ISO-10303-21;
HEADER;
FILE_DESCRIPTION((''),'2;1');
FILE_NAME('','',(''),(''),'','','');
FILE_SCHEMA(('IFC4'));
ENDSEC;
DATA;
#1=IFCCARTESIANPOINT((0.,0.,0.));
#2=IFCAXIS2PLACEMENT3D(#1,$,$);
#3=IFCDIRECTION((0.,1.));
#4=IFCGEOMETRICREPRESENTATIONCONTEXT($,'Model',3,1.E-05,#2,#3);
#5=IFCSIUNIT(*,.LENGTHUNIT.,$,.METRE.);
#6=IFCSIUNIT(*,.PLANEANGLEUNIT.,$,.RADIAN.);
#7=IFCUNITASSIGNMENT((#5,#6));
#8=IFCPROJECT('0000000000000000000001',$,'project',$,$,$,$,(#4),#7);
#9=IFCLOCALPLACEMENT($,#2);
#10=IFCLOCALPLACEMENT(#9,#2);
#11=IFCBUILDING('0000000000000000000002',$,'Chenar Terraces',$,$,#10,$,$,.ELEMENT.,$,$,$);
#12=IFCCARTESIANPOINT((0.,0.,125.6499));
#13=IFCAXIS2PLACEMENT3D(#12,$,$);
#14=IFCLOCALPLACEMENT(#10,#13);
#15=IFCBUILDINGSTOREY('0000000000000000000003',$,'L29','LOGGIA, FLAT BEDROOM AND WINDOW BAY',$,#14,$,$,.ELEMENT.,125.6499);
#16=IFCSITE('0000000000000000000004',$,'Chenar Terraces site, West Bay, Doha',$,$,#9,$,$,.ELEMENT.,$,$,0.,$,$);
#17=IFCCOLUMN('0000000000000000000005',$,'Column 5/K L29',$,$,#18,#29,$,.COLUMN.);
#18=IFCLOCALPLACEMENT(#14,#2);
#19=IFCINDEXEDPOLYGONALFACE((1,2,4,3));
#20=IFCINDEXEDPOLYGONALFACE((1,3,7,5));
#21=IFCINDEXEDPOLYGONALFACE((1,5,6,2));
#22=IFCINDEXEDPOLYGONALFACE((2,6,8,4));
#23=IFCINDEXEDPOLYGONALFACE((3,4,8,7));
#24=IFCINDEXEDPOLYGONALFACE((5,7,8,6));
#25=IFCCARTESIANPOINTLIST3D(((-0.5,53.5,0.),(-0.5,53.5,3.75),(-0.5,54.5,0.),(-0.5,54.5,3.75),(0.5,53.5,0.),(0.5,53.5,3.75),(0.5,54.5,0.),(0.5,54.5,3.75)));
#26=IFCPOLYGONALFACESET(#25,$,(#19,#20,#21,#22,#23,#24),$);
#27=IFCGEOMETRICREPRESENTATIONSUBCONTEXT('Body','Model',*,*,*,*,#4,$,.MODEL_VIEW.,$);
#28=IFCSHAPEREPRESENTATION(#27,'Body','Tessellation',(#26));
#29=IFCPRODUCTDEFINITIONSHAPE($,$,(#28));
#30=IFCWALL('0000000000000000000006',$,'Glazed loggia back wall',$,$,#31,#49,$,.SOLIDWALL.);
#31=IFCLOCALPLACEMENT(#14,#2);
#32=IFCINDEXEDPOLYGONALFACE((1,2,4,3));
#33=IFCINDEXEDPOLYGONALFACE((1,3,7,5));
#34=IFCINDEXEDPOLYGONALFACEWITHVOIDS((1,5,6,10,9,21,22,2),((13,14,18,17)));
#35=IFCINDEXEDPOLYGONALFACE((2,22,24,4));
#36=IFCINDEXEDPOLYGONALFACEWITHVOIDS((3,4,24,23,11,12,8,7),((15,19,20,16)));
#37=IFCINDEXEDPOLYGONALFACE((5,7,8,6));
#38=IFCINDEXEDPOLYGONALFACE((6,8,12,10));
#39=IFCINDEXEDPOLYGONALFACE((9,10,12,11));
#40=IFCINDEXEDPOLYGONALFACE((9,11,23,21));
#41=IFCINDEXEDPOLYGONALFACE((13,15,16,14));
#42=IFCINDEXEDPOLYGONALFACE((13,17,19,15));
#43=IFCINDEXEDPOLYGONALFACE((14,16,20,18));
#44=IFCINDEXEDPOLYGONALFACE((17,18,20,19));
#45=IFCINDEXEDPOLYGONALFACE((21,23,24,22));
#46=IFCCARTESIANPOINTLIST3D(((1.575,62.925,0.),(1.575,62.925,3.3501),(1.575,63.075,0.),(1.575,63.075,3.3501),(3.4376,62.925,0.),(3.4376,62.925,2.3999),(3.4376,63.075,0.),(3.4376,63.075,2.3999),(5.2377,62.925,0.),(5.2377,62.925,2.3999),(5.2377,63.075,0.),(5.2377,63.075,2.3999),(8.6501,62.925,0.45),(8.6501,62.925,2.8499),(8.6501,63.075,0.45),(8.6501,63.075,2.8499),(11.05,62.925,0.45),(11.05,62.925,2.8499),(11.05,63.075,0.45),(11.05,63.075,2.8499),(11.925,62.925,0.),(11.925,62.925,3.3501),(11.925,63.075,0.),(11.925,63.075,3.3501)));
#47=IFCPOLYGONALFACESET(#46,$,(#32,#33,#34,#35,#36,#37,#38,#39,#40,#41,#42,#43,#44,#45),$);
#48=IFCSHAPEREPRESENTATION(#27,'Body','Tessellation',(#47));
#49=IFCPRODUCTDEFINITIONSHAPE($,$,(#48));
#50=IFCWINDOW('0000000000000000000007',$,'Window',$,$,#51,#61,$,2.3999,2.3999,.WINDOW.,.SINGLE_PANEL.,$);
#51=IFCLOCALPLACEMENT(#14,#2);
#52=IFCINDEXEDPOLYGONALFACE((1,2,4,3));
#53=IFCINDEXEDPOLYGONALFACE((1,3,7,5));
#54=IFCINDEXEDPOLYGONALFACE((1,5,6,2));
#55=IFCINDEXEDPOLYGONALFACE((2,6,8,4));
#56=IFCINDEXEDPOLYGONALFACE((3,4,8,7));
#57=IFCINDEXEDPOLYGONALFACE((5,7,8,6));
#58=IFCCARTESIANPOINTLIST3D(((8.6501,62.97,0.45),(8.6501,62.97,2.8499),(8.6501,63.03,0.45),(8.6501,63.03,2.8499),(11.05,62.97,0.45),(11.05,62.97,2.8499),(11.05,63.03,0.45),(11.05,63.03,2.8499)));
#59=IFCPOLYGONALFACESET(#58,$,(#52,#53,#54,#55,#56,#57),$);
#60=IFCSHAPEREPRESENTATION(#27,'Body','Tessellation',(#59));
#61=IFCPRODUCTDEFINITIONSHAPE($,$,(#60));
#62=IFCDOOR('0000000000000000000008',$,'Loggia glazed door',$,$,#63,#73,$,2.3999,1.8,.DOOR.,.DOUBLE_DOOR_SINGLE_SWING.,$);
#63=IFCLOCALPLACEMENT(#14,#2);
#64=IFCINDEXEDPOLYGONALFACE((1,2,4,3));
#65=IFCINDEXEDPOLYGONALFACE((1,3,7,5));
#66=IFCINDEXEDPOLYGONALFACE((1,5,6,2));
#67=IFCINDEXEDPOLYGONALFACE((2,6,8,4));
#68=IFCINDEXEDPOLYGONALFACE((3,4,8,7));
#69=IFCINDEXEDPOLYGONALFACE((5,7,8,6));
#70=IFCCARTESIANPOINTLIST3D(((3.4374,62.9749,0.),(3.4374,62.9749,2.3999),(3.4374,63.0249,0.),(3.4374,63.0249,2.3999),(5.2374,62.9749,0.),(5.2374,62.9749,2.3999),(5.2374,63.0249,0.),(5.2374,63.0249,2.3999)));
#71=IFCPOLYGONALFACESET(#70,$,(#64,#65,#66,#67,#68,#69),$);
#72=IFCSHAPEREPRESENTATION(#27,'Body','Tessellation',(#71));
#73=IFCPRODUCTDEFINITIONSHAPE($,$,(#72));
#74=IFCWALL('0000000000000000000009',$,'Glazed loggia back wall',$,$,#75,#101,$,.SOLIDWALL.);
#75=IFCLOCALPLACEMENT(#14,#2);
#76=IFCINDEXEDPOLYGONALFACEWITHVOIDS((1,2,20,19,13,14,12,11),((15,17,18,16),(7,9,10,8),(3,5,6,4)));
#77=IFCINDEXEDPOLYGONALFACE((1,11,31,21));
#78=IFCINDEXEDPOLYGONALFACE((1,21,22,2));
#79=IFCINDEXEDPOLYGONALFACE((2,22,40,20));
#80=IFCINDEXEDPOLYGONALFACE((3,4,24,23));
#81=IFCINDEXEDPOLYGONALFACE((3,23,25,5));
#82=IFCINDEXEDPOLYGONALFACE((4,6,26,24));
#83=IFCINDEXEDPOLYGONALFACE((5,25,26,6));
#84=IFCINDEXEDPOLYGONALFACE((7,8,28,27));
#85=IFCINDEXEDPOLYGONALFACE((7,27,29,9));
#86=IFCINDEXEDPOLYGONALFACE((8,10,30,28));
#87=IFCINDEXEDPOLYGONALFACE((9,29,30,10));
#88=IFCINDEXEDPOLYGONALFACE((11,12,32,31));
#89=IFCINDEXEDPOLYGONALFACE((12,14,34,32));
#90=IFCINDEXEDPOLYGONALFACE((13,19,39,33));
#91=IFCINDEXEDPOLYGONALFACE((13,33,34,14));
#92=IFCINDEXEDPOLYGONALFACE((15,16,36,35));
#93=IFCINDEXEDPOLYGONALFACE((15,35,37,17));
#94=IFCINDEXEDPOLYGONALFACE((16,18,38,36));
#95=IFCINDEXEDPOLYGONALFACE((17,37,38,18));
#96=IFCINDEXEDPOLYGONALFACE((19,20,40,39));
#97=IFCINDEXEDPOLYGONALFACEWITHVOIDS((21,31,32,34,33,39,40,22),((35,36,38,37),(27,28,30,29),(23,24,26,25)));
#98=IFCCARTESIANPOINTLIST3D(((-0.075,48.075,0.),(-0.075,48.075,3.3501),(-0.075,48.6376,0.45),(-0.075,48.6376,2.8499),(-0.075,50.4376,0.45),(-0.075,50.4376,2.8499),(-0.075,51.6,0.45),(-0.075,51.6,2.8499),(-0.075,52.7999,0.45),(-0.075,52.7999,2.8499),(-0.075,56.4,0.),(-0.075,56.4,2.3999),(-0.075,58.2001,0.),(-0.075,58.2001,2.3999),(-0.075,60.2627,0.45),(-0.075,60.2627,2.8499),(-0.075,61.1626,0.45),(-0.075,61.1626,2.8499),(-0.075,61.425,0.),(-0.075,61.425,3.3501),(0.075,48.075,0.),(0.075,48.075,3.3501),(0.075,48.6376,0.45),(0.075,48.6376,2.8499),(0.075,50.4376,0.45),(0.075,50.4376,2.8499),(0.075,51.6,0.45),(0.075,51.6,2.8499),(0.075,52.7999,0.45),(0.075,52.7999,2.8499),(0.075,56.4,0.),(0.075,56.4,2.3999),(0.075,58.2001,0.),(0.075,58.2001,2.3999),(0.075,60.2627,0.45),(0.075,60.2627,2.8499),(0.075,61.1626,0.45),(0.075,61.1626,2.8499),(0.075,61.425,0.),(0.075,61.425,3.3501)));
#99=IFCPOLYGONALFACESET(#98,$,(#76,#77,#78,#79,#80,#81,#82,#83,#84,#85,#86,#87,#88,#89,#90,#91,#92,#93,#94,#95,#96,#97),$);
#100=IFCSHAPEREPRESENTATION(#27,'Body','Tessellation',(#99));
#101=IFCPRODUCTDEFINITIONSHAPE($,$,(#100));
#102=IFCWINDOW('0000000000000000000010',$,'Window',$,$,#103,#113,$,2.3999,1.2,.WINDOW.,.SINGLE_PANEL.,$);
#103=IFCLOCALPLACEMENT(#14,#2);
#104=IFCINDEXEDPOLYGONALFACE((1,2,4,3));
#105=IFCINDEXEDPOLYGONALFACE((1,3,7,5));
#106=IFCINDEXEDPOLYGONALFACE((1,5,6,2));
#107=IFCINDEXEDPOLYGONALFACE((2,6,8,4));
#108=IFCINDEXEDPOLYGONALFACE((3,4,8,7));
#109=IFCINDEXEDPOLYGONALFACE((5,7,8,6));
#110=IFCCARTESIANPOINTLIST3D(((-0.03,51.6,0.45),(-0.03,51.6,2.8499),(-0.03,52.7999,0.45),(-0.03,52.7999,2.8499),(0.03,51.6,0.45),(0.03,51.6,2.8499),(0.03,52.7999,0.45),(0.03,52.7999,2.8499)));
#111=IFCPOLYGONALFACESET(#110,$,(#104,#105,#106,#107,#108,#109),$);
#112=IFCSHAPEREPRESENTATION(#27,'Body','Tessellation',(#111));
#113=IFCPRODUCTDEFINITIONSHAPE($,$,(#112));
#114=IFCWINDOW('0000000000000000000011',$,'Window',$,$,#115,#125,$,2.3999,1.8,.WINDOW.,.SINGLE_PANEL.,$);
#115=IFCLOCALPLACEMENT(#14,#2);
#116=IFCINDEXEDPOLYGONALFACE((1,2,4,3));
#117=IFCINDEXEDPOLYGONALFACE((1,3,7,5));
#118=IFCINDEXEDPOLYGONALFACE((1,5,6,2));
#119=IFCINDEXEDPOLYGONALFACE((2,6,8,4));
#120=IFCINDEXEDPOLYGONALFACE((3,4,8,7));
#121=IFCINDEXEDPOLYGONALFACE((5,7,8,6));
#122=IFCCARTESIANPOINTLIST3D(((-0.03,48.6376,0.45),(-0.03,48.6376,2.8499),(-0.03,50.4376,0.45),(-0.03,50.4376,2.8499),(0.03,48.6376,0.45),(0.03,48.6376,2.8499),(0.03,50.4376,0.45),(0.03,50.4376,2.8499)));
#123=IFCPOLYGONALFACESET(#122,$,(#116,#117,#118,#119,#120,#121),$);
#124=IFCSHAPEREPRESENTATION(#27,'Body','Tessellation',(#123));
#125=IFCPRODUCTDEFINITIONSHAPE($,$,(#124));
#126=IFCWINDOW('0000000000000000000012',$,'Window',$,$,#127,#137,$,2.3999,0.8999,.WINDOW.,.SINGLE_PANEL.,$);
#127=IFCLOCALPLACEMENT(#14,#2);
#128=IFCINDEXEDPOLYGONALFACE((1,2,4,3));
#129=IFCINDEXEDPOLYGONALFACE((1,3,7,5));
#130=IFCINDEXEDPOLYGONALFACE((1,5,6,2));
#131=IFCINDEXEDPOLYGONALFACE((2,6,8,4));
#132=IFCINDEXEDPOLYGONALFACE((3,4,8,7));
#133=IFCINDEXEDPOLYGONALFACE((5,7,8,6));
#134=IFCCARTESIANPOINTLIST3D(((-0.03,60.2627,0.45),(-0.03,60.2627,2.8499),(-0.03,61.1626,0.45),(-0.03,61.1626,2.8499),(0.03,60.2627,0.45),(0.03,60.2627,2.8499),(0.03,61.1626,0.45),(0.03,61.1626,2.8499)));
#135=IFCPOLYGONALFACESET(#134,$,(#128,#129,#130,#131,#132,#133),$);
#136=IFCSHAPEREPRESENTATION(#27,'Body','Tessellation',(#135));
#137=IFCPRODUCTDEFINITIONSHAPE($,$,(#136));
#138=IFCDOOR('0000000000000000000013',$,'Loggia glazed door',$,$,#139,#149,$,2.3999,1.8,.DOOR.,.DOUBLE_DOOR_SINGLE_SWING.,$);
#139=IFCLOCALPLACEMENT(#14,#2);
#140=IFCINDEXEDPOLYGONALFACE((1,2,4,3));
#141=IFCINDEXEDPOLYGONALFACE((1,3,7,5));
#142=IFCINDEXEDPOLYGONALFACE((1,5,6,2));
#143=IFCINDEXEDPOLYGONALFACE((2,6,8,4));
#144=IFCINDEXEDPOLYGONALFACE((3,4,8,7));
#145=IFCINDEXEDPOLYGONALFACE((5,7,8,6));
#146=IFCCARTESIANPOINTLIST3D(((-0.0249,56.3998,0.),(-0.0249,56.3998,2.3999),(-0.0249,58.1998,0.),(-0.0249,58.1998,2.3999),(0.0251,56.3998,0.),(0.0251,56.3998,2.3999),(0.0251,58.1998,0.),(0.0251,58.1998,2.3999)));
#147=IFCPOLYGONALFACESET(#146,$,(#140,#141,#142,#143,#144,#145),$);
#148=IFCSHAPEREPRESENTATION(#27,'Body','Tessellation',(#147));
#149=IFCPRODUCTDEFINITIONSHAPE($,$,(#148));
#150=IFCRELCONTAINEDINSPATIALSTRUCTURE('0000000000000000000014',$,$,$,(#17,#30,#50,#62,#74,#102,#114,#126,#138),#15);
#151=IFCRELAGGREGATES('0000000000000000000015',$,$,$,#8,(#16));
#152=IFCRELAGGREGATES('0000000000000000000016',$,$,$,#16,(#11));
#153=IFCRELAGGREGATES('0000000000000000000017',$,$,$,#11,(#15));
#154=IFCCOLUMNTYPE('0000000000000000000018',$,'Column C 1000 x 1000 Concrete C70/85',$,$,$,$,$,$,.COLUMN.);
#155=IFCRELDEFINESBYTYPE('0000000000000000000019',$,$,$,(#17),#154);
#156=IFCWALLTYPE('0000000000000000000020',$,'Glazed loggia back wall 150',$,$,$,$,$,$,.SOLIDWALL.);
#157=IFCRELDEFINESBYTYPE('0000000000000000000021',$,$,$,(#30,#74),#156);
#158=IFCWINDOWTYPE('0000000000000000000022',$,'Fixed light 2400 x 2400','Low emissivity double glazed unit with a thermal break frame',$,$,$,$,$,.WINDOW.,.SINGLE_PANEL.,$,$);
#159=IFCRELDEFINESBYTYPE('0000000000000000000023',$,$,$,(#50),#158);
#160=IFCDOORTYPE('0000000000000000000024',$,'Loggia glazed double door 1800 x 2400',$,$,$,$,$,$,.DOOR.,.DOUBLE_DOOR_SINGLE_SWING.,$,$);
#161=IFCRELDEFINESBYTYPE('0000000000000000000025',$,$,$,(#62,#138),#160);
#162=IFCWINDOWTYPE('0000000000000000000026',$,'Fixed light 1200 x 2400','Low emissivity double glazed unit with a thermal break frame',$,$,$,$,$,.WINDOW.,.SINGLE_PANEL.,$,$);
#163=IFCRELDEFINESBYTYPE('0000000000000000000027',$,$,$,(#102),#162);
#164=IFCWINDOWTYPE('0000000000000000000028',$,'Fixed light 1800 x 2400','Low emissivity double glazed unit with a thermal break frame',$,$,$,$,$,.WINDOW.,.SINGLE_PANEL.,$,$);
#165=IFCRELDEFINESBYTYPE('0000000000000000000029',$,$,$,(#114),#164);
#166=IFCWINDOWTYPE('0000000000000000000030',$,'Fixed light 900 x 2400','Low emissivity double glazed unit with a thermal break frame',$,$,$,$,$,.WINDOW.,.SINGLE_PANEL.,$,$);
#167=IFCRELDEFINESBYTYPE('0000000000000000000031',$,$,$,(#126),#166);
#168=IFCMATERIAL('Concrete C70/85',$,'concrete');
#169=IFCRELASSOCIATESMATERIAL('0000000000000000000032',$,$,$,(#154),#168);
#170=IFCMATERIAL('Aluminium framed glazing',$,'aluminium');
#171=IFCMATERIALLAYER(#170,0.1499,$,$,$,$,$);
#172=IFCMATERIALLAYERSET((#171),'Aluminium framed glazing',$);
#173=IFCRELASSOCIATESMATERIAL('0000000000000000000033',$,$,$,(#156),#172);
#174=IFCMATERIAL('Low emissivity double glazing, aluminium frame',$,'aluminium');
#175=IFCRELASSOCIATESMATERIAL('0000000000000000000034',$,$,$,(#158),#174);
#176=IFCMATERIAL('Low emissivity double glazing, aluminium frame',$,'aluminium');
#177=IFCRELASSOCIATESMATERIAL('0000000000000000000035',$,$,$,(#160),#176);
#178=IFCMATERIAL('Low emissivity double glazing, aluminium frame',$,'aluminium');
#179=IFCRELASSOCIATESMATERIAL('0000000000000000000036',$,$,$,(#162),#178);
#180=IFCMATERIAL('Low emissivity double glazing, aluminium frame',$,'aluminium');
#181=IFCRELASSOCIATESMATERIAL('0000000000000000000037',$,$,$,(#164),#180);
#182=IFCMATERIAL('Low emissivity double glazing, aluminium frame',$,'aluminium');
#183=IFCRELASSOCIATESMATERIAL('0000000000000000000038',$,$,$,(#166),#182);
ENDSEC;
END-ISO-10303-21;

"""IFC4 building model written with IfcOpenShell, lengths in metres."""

from ifc_helpers import new_model, si_unit, direction, frame, frame_2d, origin, origin_2d, place, context, subcontext, project, spatial, rectangle, extrude, material, layer, layer_set, material_profile, profile_set, type_object, element, fill, save


model = new_model("IFC4")

# Units and contexts
model_context = context("Model", 3, precision=1e-05, world=origin(), true_north=direction((0.0, 1.0)))
body_context = subcontext(model_context, "Body", "Model", "MODEL_VIEW")
ifc_project = project(units=[si_unit("LENGTHUNIT", "METRE"), si_unit("PLANEANGLEUNIT", "RADIAN")], contexts=[model_context])

# Site, building, storey
site_placement = place(None, origin())
site = spatial("IfcSite", under=ifc_project, at=site_placement, Name="Chenar Terraces site, West Bay, Doha", CompositionType="ELEMENT", RefElevation=0.0)
building_placement = place(site_placement, origin())
building = spatial("IfcBuilding", under=site, at=building_placement, Name="Chenar Terraces", CompositionType="ELEMENT")
storey_placement = place(building_placement, frame((0.0, 0.0, 125.6499)))
storey = spatial("IfcBuildingStorey", under=building, at=storey_placement, Name="L29", Description="LOGGIA, FLAT BEDROOM AND WINDOW BAY", CompositionType="ELEMENT", Elevation=125.6499)

# Column
ifc_material_1 = material(Name="Concrete C70/85", Category="concrete")
ifc_material_profile = material_profile(ifc_material_1, rectangle(XDim=1.0, YDim=1.0, at=origin_2d()), Name="C 1000 x 1000")
ifc_profile_set = profile_set([ifc_material_profile], Name="Concrete C70/85")
column_type = type_object("IfcColumnType", Name="Column C 1000 x 1000 Concrete C70/85", PredefinedType="COLUMN", material=ifc_profile_set)
column_placement = place(storey_placement, frame((0.0, 54.0, 0.0), z_axis=(0.0, 0.0, 1.0), x_axis=(1.0, 0.0, 0.0)))
element("IfcColumn", 1, at=column_placement, inside=storey, type_object=column_type, Name="Column 5/K L29", PredefinedType="COLUMN", context=body_context, shape_type="SweptSolid", body=[
    extrude(rectangle(XDim=1.0, YDim=1.0, at=origin_2d()), origin(), (0.0, 0.0, 1.0), 3.75),
])

# Wall, openings, window, door
ifc_material_2 = material(Name="Aluminium framed glazing", Category="aluminium")
ifc_layer_1 = layer(ifc_material_2, 0.1499)
ifc_layer_set_1 = layer_set([ifc_layer_1], Name="Aluminium framed glazing")
wall_type_1 = type_object("IfcWallType", Name="Glazed loggia back wall 150", PredefinedType="SOLIDWALL", material=ifc_layer_set_1)
wall_1_placement = place(storey_placement, frame((11.925, 63.0, 0.0), z_axis=(0.0, 0.0, 1.0), x_axis=(-1.0, 0.0, 0.0)))
wall_1 = element("IfcWall", 2, at=wall_1_placement, inside=storey, type_object=wall_type_1, Name="Glazed loggia back wall", PredefinedType="SOLIDWALL", context=body_context, shape_type="SweptSolid", body=[
    extrude(rectangle(XDim=10.3501, YDim=0.1499, at=frame_2d((5.175, 0.0))), origin(), (0.0, 0.0, 1.0), 3.3501),
])
opening_1_placement = place(wall_1_placement, frame((0.875, 0.0, 0.45)))
opening_1 = element("IfcOpeningElement", 3, at=opening_1_placement, cuts=wall_1, PredefinedType="OPENING", context=body_context, shape_type="SweptSolid", body=[
    extrude(rectangle(XDim=2.3999, YDim=2.3999, at=frame_2d((1.2, 1.2))), frame((0.0, 0.085, 0.0), z_axis=(0.0, -1.0, 0.0), x_axis=(1.0, 0.0, 0.0)), (0.0, 0.0, 1.0), 0.1699),
])
opening_2_placement = place(wall_1_placement, frame((6.6875, 0.0, 0.0)))
opening_2 = element("IfcOpeningElement", 4, at=opening_2_placement, cuts=wall_1, PredefinedType="OPENING", context=body_context, shape_type="SweptSolid", body=[
    extrude(rectangle(XDim=1.8, YDim=2.3999, at=frame_2d((0.8999, 1.2))), frame((0.0, 0.085, 0.0), z_axis=(0.0, -1.0, 0.0), x_axis=(1.0, 0.0, 0.0)), (0.0, 0.0, 1.0), 0.1699),
])
ifc_material_3 = material(Name="Low emissivity double glazing, aluminium frame", Category="aluminium")
window_type_1 = type_object("IfcWindowType", Name="Fixed light 2400 x 2400", Description="Low emissivity double glazed unit with a thermal break frame", PartitioningType="SINGLE_PANEL", PredefinedType="WINDOW", material=ifc_material_3)
window_1_placement = place(opening_1_placement, origin())
window_1 = element("IfcWindow", 5, at=window_1_placement, inside=storey, type_object=window_type_1, Name="Window", OverallHeight=2.3999, OverallWidth=2.3999, PartitioningType="SINGLE_PANEL", PredefinedType="WINDOW", context=body_context, shape_type="SweptSolid", body=[
    extrude(rectangle(XDim=2.3999, YDim=2.3999, at=frame_2d((1.2, 1.2))), frame((0.0, 0.03, 0.0), z_axis=(0.0, -1.0, 0.0), x_axis=(1.0, 0.0, 0.0)), (0.0, 0.0, 1.0), 0.0601),
])
fill(opening_1, window_1)
ifc_material_4 = material(Name="Low emissivity double glazing, aluminium frame", Category="aluminium")
door_type_1 = type_object("IfcDoorType", Name="Loggia glazed double door 1800 x 2400", OperationType="DOUBLE_DOOR_SINGLE_SWING", PredefinedType="DOOR", material=ifc_material_4)
door_1_placement = place(opening_2_placement, frame((1.8, 0.0, 0.0), z_axis=(0.0, 0.0, 1.0), x_axis=(-1.0, 0.0, 0.0)))
door_1 = element("IfcDoor", 6, at=door_1_placement, inside=storey, type_object=door_type_1, Name="Loggia glazed door", OperationType="DOUBLE_DOOR_SINGLE_SWING", OverallHeight=2.3999, OverallWidth=1.8, PredefinedType="DOOR", context=body_context, shape_type="SweptSolid", body=[
    extrude(rectangle(XDim=1.8, YDim=2.3999, at=frame_2d((0.8999, 1.2))), frame((0.0, 0.0249, 0.0), z_axis=(0.0, -1.0, 0.0), x_axis=(1.0, 0.0, 0.0)), (0.0, 0.0, 1.0), 0.05),
])
fill(opening_2, door_1)

# Wall, openings, windows, door
wall_2_placement = place(storey_placement, frame((0.0, 61.425, 0.0), z_axis=(0.0, 0.0, 1.0), x_axis=(0.0, -1.0, 0.0)))
wall_2 = element("IfcWall", 7, at=wall_2_placement, inside=storey, type_object=wall_type_1, Name="Glazed loggia back wall", PredefinedType="SOLIDWALL", context=body_context, shape_type="SweptSolid", body=[
    extrude(rectangle(XDim=13.3501, YDim=0.1499, at=frame_2d((6.675, 0.0))), origin(), (0.0, 0.0, 1.0), 3.3501),
])
opening_3_placement = place(wall_2_placement, frame((0.2625, 0.0, 0.45)))
opening_3 = element("IfcOpeningElement", 8, at=opening_3_placement, cuts=wall_2, PredefinedType="OPENING", context=body_context, shape_type="SweptSolid", body=[
    extrude(rectangle(XDim=0.8999, YDim=2.3999, at=frame_2d((0.45, 1.2))), frame((0.0, 0.085, 0.0), z_axis=(0.0, -1.0, 0.0), x_axis=(1.0, 0.0, 0.0)), (0.0, 0.0, 1.0), 0.1699),
])
opening_4_placement = place(wall_2_placement, frame((3.2251, 0.0, 0.0)))
opening_4 = element("IfcOpeningElement", 9, at=opening_4_placement, cuts=wall_2, PredefinedType="OPENING", context=body_context, shape_type="SweptSolid", body=[
    extrude(rectangle(XDim=1.8, YDim=2.3999, at=frame_2d((0.8999, 1.2))), frame((0.0, 0.085, 0.0), z_axis=(0.0, -1.0, 0.0), x_axis=(1.0, 0.0, 0.0)), (0.0, 0.0, 1.0), 0.1699),
])
opening_5_placement = place(wall_2_placement, frame((8.625, 0.0, 0.45)))
opening_5 = element("IfcOpeningElement", 10, at=opening_5_placement, cuts=wall_2, PredefinedType="OPENING", context=body_context, shape_type="SweptSolid", body=[
    extrude(rectangle(XDim=1.2, YDim=2.3999, at=frame_2d((0.6001, 1.2))), frame((0.0, 0.085, 0.0), z_axis=(0.0, -1.0, 0.0), x_axis=(1.0, 0.0, 0.0)), (0.0, 0.0, 1.0), 0.1699),
])
opening_6_placement = place(wall_2_placement, frame((10.9875, 0.0, 0.45)))
opening_6 = element("IfcOpeningElement", 11, at=opening_6_placement, cuts=wall_2, PredefinedType="OPENING", context=body_context, shape_type="SweptSolid", body=[
    extrude(rectangle(XDim=1.8, YDim=2.3999, at=frame_2d((0.8999, 1.2))), frame((0.0, 0.085, 0.0), z_axis=(0.0, -1.0, 0.0), x_axis=(1.0, 0.0, 0.0)), (0.0, 0.0, 1.0), 0.1699),
])
ifc_material_5 = material(Name="Low emissivity double glazing, aluminium frame", Category="aluminium")
window_type_2 = type_object("IfcWindowType", Name="Fixed light 1200 x 2400", Description="Low emissivity double glazed unit with a thermal break frame", PartitioningType="SINGLE_PANEL", PredefinedType="WINDOW", material=ifc_material_5)
window_2_placement = place(opening_5_placement, origin())
window_2 = element("IfcWindow", 12, at=window_2_placement, inside=storey, type_object=window_type_2, Name="Window", OverallHeight=2.3999, OverallWidth=1.2, PartitioningType="SINGLE_PANEL", PredefinedType="WINDOW", context=body_context, shape_type="SweptSolid", body=[
    extrude(rectangle(XDim=1.2, YDim=2.3999, at=frame_2d((0.6001, 1.2))), frame((0.0, 0.03, 0.0), z_axis=(0.0, -1.0, 0.0), x_axis=(1.0, 0.0, 0.0)), (0.0, 0.0, 1.0), 0.0601),
])
fill(opening_5, window_2)
ifc_material_6 = material(Name="Low emissivity double glazing, aluminium frame", Category="aluminium")
window_type_3 = type_object("IfcWindowType", Name="Fixed light 1800 x 2400", Description="Low emissivity double glazed unit with a thermal break frame", PartitioningType="SINGLE_PANEL", PredefinedType="WINDOW", material=ifc_material_6)
window_3_placement = place(opening_6_placement, origin())
window_3 = element("IfcWindow", 13, at=window_3_placement, inside=storey, type_object=window_type_3, Name="Window", OverallHeight=2.3999, OverallWidth=1.8, PartitioningType="SINGLE_PANEL", PredefinedType="WINDOW", context=body_context, shape_type="SweptSolid", body=[
    extrude(rectangle(XDim=1.8, YDim=2.3999, at=frame_2d((0.8999, 1.2))), frame((0.0, 0.03, 0.0), z_axis=(0.0, -1.0, 0.0), x_axis=(1.0, 0.0, 0.0)), (0.0, 0.0, 1.0), 0.0601),
])
fill(opening_6, window_3)
ifc_material_7 = material(Name="Low emissivity double glazing, aluminium frame", Category="aluminium")
window_type_4 = type_object("IfcWindowType", Name="Fixed light 900 x 2400", Description="Low emissivity double glazed unit with a thermal break frame", PartitioningType="SINGLE_PANEL", PredefinedType="WINDOW", material=ifc_material_7)
window_4_placement = place(opening_3_placement, origin())
window_4 = element("IfcWindow", 14, at=window_4_placement, inside=storey, type_object=window_type_4, Name="Window", OverallHeight=2.3999, OverallWidth=0.8999, PartitioningType="SINGLE_PANEL", PredefinedType="WINDOW", context=body_context, shape_type="SweptSolid", body=[
    extrude(rectangle(XDim=0.8999, YDim=2.3999, at=frame_2d((0.45, 1.2))), frame((0.0, 0.03, 0.0), z_axis=(0.0, -1.0, 0.0), x_axis=(1.0, 0.0, 0.0)), (0.0, 0.0, 1.0), 0.0601),
])
fill(opening_3, window_4)
door_2_placement = place(opening_4_placement, frame((1.8, 0.0, 0.0), z_axis=(0.0, 0.0, 1.0), x_axis=(-1.0, 0.0, 0.0)))
door_2 = element("IfcDoor", 15, at=door_2_placement, inside=storey, type_object=door_type_1, Name="Loggia glazed door", OperationType="DOUBLE_DOOR_SINGLE_SWING", OverallHeight=2.3999, OverallWidth=1.8, PredefinedType="DOOR", context=body_context, shape_type="SweptSolid", body=[
    extrude(rectangle(XDim=1.8, YDim=2.3999, at=frame_2d((0.8999, 1.2))), frame((0.0, 0.0249, 0.0), z_axis=(0.0, -1.0, 0.0), x_axis=(1.0, 0.0, 0.0)), (0.0, 0.0, 1.0), 0.05),
])
fill(opening_4, door_2)

save(model, "model.ifc")
